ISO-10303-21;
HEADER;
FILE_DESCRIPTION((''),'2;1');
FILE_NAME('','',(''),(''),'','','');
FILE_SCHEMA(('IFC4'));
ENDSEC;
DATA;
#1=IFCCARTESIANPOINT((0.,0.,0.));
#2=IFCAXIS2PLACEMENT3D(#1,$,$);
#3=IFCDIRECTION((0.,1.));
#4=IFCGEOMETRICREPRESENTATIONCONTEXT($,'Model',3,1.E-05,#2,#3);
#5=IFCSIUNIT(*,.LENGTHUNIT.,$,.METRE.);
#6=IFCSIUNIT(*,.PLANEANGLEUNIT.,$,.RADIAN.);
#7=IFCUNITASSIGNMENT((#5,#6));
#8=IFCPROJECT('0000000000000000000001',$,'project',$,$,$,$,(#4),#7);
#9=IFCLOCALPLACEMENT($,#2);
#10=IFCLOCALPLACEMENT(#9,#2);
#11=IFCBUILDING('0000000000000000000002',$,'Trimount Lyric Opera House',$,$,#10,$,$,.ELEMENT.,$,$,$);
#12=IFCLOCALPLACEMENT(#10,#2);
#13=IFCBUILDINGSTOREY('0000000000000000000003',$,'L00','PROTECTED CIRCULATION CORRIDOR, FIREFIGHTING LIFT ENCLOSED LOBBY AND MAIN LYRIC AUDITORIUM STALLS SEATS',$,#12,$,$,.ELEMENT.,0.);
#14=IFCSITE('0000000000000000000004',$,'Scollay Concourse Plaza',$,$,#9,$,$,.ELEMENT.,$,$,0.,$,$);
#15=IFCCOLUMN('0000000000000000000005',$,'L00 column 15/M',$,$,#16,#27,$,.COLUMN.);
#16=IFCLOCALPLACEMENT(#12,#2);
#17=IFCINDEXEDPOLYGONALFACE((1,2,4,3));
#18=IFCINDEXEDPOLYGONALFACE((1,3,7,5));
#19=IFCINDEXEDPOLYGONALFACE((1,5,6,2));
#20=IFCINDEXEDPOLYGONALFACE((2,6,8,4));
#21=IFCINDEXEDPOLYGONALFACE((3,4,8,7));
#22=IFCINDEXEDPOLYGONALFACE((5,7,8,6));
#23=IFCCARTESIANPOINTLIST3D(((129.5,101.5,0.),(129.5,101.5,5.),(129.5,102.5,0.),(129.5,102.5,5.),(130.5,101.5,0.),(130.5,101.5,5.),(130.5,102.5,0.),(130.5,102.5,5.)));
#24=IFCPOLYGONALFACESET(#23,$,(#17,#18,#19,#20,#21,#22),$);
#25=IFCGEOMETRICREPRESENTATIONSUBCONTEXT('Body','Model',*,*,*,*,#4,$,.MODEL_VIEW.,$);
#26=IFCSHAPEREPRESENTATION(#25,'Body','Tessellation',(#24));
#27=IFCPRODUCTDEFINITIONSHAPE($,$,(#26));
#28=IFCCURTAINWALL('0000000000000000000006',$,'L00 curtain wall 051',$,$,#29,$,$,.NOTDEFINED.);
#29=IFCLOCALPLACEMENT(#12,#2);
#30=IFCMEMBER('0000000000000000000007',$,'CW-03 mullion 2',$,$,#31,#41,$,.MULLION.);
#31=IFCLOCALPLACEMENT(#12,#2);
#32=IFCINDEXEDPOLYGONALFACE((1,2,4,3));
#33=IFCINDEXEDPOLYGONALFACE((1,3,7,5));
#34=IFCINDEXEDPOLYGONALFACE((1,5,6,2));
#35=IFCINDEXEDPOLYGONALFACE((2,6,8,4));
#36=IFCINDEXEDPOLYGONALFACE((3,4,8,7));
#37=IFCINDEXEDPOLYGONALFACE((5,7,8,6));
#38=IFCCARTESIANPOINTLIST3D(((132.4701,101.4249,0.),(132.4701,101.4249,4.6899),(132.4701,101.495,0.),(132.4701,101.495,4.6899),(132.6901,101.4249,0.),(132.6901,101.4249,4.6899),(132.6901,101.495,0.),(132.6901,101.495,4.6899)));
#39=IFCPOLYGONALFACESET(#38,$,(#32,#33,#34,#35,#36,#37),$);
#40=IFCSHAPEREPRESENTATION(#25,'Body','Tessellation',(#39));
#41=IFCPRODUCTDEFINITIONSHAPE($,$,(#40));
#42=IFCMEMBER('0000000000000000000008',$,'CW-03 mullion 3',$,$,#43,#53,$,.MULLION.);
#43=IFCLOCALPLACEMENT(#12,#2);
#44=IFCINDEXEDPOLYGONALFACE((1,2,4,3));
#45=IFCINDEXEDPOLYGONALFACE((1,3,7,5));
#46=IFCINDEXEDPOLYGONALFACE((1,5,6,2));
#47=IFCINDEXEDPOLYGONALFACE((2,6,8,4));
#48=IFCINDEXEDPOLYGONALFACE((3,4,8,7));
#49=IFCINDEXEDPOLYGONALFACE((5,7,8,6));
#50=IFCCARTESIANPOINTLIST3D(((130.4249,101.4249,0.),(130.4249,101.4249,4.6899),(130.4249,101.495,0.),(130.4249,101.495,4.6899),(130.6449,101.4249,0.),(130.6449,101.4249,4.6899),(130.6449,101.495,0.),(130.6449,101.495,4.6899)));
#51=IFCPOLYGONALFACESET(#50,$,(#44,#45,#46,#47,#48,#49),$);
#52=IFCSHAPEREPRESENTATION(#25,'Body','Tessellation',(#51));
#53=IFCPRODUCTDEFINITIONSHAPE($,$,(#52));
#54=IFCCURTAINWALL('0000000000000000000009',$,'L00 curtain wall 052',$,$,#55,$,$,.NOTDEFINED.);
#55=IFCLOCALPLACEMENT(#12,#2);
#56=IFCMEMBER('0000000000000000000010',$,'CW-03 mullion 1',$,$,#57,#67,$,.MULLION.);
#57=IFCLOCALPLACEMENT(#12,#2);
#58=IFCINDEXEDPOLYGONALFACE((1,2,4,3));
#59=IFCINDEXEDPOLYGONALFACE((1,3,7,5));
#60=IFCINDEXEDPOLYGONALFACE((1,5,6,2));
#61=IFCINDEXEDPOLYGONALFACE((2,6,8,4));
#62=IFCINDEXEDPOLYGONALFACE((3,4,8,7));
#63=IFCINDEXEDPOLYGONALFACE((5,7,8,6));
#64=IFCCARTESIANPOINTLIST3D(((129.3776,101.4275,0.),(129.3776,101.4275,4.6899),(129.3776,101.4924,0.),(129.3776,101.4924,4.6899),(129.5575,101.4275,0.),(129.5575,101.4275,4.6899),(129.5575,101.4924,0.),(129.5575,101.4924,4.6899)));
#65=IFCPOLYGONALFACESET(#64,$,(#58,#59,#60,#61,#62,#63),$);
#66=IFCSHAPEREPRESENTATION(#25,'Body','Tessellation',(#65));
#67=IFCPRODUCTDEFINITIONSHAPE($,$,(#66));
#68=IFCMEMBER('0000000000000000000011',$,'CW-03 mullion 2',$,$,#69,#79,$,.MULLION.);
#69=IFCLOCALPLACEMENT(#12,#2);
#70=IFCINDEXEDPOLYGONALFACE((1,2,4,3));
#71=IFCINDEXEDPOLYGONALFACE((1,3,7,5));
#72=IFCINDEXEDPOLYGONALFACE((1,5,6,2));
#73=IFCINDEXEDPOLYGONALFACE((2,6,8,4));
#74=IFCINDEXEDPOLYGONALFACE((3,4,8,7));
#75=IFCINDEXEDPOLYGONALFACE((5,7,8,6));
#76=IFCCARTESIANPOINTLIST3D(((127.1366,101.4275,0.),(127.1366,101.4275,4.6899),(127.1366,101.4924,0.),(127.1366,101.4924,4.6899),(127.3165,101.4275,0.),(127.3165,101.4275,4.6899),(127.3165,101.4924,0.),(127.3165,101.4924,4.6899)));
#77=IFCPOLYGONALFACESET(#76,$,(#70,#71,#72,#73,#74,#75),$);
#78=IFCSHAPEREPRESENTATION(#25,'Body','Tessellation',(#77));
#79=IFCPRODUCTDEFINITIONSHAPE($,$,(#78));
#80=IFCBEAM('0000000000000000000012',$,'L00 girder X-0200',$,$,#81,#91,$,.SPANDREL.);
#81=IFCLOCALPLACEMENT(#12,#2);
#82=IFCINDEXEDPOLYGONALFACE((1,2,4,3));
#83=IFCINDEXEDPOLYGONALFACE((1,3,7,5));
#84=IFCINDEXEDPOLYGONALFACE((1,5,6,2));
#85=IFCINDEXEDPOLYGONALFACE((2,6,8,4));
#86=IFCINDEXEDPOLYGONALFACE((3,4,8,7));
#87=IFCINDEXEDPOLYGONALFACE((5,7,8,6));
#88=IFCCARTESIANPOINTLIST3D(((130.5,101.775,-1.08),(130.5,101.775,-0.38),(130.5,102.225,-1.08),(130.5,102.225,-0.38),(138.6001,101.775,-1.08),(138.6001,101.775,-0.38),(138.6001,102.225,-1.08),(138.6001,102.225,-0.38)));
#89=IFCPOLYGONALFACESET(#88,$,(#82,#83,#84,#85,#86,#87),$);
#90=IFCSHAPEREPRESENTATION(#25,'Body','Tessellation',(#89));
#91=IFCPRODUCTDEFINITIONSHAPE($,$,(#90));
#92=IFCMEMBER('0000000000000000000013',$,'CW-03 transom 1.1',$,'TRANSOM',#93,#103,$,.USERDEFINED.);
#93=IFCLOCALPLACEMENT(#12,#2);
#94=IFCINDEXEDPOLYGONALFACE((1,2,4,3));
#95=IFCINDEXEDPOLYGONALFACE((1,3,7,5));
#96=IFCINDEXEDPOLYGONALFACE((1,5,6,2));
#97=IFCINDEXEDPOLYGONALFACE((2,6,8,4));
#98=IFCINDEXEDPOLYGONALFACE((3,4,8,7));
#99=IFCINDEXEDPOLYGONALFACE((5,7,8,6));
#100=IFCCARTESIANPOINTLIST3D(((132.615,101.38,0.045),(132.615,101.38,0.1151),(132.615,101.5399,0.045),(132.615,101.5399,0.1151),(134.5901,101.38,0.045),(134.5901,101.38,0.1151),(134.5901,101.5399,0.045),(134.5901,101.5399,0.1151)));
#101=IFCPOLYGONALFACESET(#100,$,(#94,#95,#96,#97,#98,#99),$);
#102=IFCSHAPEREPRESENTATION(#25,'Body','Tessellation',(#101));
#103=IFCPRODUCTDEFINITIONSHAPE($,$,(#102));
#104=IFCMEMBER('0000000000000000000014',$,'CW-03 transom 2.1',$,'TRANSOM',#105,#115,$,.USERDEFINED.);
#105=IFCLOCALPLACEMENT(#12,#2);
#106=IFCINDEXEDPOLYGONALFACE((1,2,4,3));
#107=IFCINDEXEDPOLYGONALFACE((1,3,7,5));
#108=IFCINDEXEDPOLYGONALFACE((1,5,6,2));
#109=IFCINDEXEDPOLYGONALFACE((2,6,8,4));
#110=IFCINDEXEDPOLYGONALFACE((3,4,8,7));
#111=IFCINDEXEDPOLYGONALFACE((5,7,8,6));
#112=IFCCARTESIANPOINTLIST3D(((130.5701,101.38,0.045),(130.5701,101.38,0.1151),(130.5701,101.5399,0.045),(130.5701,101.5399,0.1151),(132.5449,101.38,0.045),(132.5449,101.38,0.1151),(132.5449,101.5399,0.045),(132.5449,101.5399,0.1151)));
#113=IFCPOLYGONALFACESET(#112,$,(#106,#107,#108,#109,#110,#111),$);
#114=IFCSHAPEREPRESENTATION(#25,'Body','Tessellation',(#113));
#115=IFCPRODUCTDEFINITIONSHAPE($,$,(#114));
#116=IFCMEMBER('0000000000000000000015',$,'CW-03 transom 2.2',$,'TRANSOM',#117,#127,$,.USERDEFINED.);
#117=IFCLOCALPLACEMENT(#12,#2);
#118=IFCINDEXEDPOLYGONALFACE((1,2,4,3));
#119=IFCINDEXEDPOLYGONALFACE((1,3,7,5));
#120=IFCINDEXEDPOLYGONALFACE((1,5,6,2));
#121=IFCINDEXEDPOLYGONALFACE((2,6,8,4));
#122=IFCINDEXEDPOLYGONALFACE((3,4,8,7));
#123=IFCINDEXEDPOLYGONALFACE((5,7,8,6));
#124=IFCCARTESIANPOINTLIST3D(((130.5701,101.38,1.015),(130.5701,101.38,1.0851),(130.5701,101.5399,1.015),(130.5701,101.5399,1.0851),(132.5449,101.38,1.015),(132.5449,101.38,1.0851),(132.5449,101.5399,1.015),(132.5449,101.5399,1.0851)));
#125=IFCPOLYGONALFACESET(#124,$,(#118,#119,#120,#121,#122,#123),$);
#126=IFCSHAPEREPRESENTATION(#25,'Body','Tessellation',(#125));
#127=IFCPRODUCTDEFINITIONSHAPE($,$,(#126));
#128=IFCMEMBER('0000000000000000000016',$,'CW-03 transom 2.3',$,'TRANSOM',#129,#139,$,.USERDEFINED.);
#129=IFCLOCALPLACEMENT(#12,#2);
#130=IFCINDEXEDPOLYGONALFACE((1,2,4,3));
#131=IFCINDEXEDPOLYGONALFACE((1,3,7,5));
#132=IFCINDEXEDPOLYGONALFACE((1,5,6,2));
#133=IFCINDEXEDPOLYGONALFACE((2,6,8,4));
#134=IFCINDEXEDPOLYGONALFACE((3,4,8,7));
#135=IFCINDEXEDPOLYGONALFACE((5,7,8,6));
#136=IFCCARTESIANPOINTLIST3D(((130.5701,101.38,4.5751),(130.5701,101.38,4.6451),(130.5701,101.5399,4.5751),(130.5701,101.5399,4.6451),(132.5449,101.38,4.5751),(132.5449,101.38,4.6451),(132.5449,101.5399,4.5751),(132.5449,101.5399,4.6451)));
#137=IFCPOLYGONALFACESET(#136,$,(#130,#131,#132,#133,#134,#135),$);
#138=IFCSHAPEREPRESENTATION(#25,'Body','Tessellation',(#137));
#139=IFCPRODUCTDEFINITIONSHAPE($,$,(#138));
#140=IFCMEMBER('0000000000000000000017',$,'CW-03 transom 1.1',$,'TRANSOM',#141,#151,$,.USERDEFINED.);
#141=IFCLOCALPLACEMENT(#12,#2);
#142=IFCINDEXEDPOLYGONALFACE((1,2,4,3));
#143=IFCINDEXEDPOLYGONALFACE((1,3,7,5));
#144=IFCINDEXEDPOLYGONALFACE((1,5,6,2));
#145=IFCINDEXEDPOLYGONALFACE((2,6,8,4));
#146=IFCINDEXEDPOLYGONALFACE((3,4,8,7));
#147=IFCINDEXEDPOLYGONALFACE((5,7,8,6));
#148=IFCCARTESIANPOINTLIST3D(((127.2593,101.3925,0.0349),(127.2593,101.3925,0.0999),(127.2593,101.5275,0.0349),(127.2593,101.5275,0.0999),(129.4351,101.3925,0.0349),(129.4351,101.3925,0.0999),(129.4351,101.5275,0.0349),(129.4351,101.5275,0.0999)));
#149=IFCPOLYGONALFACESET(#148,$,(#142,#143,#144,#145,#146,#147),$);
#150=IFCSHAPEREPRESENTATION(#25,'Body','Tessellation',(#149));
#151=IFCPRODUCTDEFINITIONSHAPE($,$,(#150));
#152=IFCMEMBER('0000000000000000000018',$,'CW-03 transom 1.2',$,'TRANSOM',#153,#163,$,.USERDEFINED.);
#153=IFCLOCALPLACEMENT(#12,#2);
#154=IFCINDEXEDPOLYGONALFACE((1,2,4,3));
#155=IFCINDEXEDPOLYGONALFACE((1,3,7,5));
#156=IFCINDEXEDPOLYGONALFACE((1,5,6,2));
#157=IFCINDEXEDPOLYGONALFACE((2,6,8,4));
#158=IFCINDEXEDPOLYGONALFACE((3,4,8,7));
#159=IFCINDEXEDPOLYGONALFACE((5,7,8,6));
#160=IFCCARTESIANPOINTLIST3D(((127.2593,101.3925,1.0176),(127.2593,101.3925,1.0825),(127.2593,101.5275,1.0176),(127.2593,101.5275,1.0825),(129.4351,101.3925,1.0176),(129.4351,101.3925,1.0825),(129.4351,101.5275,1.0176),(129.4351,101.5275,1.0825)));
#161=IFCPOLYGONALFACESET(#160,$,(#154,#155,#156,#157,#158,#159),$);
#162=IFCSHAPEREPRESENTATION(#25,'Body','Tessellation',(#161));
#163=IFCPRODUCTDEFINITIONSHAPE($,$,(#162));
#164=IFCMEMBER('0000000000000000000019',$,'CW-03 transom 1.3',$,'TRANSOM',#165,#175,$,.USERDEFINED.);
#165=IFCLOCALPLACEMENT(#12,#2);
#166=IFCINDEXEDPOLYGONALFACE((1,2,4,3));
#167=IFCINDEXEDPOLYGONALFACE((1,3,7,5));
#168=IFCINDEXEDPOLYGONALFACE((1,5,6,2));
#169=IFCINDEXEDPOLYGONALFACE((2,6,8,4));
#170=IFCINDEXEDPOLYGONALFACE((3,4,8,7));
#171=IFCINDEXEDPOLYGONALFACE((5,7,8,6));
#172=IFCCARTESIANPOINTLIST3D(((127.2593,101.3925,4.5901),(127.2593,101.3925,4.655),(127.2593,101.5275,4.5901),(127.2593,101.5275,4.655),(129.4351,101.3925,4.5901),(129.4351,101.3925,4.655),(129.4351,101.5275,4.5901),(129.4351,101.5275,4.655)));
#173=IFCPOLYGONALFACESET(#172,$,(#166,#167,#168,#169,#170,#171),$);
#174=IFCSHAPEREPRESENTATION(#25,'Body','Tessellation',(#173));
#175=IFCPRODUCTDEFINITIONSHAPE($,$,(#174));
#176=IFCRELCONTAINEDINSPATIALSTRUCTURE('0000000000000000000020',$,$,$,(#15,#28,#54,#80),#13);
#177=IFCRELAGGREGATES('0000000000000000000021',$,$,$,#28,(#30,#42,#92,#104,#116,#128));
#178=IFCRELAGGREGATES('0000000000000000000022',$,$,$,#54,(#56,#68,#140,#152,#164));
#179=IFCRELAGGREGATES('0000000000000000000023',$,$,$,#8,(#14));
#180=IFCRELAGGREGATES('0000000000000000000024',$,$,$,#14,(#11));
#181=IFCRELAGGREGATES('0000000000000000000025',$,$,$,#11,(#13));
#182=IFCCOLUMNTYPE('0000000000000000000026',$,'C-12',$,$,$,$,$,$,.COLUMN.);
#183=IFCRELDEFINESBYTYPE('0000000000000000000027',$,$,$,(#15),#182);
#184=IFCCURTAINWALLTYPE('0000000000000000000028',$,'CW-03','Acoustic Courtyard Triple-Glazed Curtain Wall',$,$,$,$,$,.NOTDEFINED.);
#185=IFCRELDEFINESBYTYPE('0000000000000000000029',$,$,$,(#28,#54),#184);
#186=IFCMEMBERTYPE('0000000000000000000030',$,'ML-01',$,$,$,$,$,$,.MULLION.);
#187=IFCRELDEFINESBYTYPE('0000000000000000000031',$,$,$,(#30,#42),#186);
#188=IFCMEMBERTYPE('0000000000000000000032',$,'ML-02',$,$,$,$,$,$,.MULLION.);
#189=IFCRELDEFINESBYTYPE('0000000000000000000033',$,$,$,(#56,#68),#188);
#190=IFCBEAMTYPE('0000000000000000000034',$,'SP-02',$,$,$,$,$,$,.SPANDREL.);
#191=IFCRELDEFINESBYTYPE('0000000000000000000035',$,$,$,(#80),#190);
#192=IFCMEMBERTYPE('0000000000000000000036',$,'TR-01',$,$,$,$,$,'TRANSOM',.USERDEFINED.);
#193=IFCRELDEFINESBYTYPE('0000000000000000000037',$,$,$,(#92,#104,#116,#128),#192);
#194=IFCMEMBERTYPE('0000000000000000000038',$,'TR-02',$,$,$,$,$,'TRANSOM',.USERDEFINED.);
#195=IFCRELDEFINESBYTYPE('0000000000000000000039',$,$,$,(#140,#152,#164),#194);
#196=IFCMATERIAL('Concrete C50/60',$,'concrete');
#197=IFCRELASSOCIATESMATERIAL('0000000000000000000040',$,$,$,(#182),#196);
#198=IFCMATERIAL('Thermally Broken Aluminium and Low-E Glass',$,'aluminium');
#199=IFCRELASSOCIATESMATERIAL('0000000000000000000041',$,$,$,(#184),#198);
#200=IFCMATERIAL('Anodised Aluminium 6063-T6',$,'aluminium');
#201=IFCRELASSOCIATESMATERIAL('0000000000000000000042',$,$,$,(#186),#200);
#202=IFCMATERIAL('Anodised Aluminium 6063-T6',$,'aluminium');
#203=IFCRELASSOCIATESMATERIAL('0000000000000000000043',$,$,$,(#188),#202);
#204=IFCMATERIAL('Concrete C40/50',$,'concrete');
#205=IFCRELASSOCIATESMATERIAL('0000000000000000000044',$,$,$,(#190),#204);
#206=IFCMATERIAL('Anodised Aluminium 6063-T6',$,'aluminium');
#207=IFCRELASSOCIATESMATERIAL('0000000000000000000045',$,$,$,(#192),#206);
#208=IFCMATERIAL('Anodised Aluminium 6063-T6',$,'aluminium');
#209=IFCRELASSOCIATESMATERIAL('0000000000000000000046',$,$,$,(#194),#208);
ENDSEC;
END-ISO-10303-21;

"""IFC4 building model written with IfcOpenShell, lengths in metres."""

from ifc_helpers import new_model, si_unit, direction, frame, origin, origin_2d, place, context, subcontext, project, spatial, rectangle, extrude, material, material_profile, profile_set, type_object, element, aggregate, save


model = new_model("IFC4")

# Units and contexts
model_context = context("Model", 3, precision=1e-05, world=origin(), true_north=direction((0.0, 1.0)))
body_context = subcontext(model_context, "Body", "Model", "MODEL_VIEW")
ifc_project = project(units=[si_unit("LENGTHUNIT", "METRE"), si_unit("PLANEANGLEUNIT", "RADIAN")], contexts=[model_context])

# Site, building, storey
site_placement = place(None, origin())
site = spatial("IfcSite", under=ifc_project, at=site_placement, Name="Scollay Concourse Plaza", CompositionType="ELEMENT", RefElevation=0.0)
building_placement = place(site_placement, origin())
building = spatial("IfcBuilding", under=site, at=building_placement, Name="Trimount Lyric Opera House", CompositionType="ELEMENT")
storey_placement = place(building_placement, origin())
storey = spatial("IfcBuildingStorey", under=building, at=storey_placement, Name="L00", Description="PROTECTED CIRCULATION CORRIDOR, FIREFIGHTING LIFT ENCLOSED LOBBY AND MAIN LYRIC AUDITORIUM STALLS SEATS", CompositionType="ELEMENT", Elevation=0.0)

# Column
ifc_material_1 = material(Name="Concrete C50/60", Category="concrete")
ifc_material_profile_1 = material_profile(ifc_material_1, rectangle(XDim=1.0, YDim=1.0, at=origin_2d()), Name="RC1000X1000")
ifc_profile_set_1 = profile_set([ifc_material_profile_1], Name="Concrete C50/60")
column_type = type_object("IfcColumnType", Name="C-12", PredefinedType="COLUMN", material=ifc_profile_set_1)
column_placement = place(storey_placement, frame((130.0, 102.0, 0.0), z_axis=(0.0, 0.0, 1.0), x_axis=(1.0, 0.0, 0.0)))
element("IfcColumn", 1, at=column_placement, inside=storey, type_object=column_type, Name="L00 column 15/M", PredefinedType="COLUMN", context=body_context, shape_type="SweptSolid", body=[
    extrude(rectangle(XDim=1.0, YDim=1.0, at=origin_2d()), origin(), (0.0, 0.0, 1.0), 5.0),
])

# Curtain walls, members
ifc_material_2 = material(Name="Thermally Broken Aluminium and Low-E Glass", Category="aluminium")
curtain_wall_type = type_object("IfcCurtainWallType", Name="CW-03", Description="Acoustic Courtyard Triple-Glazed Curtain Wall", PredefinedType="NOTDEFINED", material=ifc_material_2)
curtain_wall_1_placement = place(storey_placement, origin())
curtain_wall_1 = element("IfcCurtainWall", 2, at=curtain_wall_1_placement, inside=storey, type_object=curtain_wall_type, Name="L00 curtain wall 051", PredefinedType="NOTDEFINED")
ifc_material_3 = material(Name="Anodised Aluminium 6063-T6", Category="aluminium")
ifc_material_profile_2 = material_profile(ifc_material_3, rectangle(XDim=0.0701, YDim=0.22, at=origin_2d()), Name="ALU-MULL-70X220")
ifc_profile_set_2 = profile_set([ifc_material_profile_2], Name="Anodised Aluminium 6063-T6")
member_type_1 = type_object("IfcMemberType", Name="ML-01", PredefinedType="MULLION", material=ifc_profile_set_2)
member_1_placement = place(storey_placement, frame((132.5801, 101.46, 0.0), z_axis=(0.0, 0.0, 1.0), x_axis=(0.0, -1.0, 0.0)))
member_1 = element("IfcMember", 3, at=member_1_placement, type_object=member_type_1, Name="CW-03 mullion 2", PredefinedType="MULLION", context=body_context, shape_type="SweptSolid", body=[
    extrude(rectangle(XDim=0.0701, YDim=0.22, at=origin_2d()), origin(), (0.0, 0.0, 1.0), 4.6899),
])
member_2_placement = place(storey_placement, frame((130.5349, 101.46, 0.0), z_axis=(0.0, 0.0, 1.0), x_axis=(0.0, -1.0, 0.0)))
member_2 = element("IfcMember", 4, at=member_2_placement, type_object=member_type_1, Name="CW-03 mullion 3", PredefinedType="MULLION", context=body_context, shape_type="SweptSolid", body=[
    extrude(rectangle(XDim=0.0701, YDim=0.22, at=origin_2d()), origin(), (0.0, 0.0, 1.0), 4.6899),
])
curtain_wall_2_placement = place(storey_placement, origin())
curtain_wall_2 = element("IfcCurtainWall", 5, at=curtain_wall_2_placement, inside=storey, type_object=curtain_wall_type, Name="L00 curtain wall 052", PredefinedType="NOTDEFINED")
ifc_material_4 = material(Name="Anodised Aluminium 6063-T6", Category="aluminium")
ifc_material_profile_3 = material_profile(ifc_material_4, rectangle(XDim=0.0649, YDim=0.1799, at=origin_2d()), Name="ALU-MULL-65X180")
ifc_profile_set_3 = profile_set([ifc_material_profile_3], Name="Anodised Aluminium 6063-T6")
member_type_2 = type_object("IfcMemberType", Name="ML-02", PredefinedType="MULLION", material=ifc_profile_set_3)
member_3_placement = place(storey_placement, frame((129.4675, 101.46, 0.0), z_axis=(0.0, 0.0, 1.0), x_axis=(0.0, -1.0, 0.0)))
member_3 = element("IfcMember", 6, at=member_3_placement, type_object=member_type_2, Name="CW-03 mullion 1", PredefinedType="MULLION", context=body_context, shape_type="SweptSolid", body=[
    extrude(rectangle(XDim=0.0649, YDim=0.1799, at=origin_2d()), origin(), (0.0, 0.0, 1.0), 4.6899),
])
member_4_placement = place(storey_placement, frame((127.2266, 101.46, 0.0), z_axis=(0.0, 0.0, 1.0), x_axis=(0.0, -1.0, 0.0)))
member_4 = element("IfcMember", 7, at=member_4_placement, type_object=member_type_2, Name="CW-03 mullion 2", PredefinedType="MULLION", context=body_context, shape_type="SweptSolid", body=[
    extrude(rectangle(XDim=0.0649, YDim=0.1799, at=origin_2d()), origin(), (0.0, 0.0, 1.0), 4.6899),
])

# Beam
ifc_material_5 = material(Name="Concrete C40/50", Category="concrete")
ifc_material_profile_4 = material_profile(ifc_material_5, rectangle(XDim=0.45, YDim=0.7, at=origin_2d()), Name="RC450X700")
ifc_profile_set_4 = profile_set([ifc_material_profile_4], Name="Concrete C40/50")
beam_type = type_object("IfcBeamType", Name="SP-02", PredefinedType="SPANDREL", material=ifc_profile_set_4)
beam_placement = place(storey_placement, frame((130.5, 102.0, -0.73), z_axis=(1.0, 0.0, 0.0), x_axis=(0.0, 1.0, 0.0)))
element("IfcBeam", 8, at=beam_placement, inside=storey, type_object=beam_type, Name="L00 girder X-0200", PredefinedType="SPANDREL", context=body_context, shape_type="SweptSolid", body=[
    extrude(rectangle(XDim=0.45, YDim=0.7, at=origin_2d()), origin(), (0.0, 0.0, 1.0), 8.1001),
])

# Members
ifc_material_6 = material(Name="Anodised Aluminium 6063-T6", Category="aluminium")
ifc_material_profile_5 = material_profile(ifc_material_6, rectangle(XDim=0.1599, YDim=0.0701, at=origin_2d()), Name="ALU-TRAN-70X160")
ifc_profile_set_5 = profile_set([ifc_material_profile_5], Name="Anodised Aluminium 6063-T6")
member_type_3 = type_object("IfcMemberType", Name="TR-01", ElementType="TRANSOM", PredefinedType="USERDEFINED", material=ifc_profile_set_5)
member_5_placement = place(storey_placement, frame((134.5901, 101.46, 0.0801), z_axis=(-1.0, 0.0, 0.0), x_axis=(0.0, -1.0, 0.0)))
member_5 = element("IfcMember", 9, at=member_5_placement, type_object=member_type_3, Name="CW-03 transom 1.1", ObjectType="TRANSOM", PredefinedType="USERDEFINED", context=body_context, shape_type="SweptSolid", body=[
    extrude(rectangle(XDim=0.1599, YDim=0.0701, at=origin_2d()), origin(), (0.0, 0.0, 1.0), 1.9751),
])
member_6_placement = place(storey_placement, frame((132.5449, 101.46, 0.0801), z_axis=(-1.0, 0.0, 0.0), x_axis=(0.0, -1.0, 0.0)))
member_6 = element("IfcMember", 10, at=member_6_placement, type_object=member_type_3, Name="CW-03 transom 2.1", ObjectType="TRANSOM", PredefinedType="USERDEFINED", context=body_context, shape_type="SweptSolid", body=[
    extrude(rectangle(XDim=0.1599, YDim=0.0701, at=origin_2d()), origin(), (0.0, 0.0, 1.0), 1.9749),
])
member_7_placement = place(storey_placement, frame((132.5449, 101.46, 1.05), z_axis=(-1.0, 0.0, 0.0), x_axis=(0.0, -1.0, 0.0)))
member_7 = element("IfcMember", 11, at=member_7_placement, type_object=member_type_3, Name="CW-03 transom 2.2", ObjectType="TRANSOM", PredefinedType="USERDEFINED", context=body_context, shape_type="SweptSolid", body=[
    extrude(rectangle(XDim=0.1599, YDim=0.0701, at=origin_2d()), origin(), (0.0, 0.0, 1.0), 1.9749),
])
member_8_placement = place(storey_placement, frame((132.5449, 101.46, 4.6101), z_axis=(-1.0, 0.0, 0.0), x_axis=(0.0, -1.0, 0.0)))
member_8 = element("IfcMember", 12, at=member_8_placement, type_object=member_type_3, Name="CW-03 transom 2.3", ObjectType="TRANSOM", PredefinedType="USERDEFINED", context=body_context, shape_type="SweptSolid", body=[
    extrude(rectangle(XDim=0.1599, YDim=0.0701, at=origin_2d()), origin(), (0.0, 0.0, 1.0), 1.9749),
])
ifc_material_7 = material(Name="Anodised Aluminium 6063-T6", Category="aluminium")
ifc_material_profile_6 = material_profile(ifc_material_7, rectangle(XDim=0.135, YDim=0.0649, at=origin_2d()), Name="ALU-TRAN-65X135")
ifc_profile_set_6 = profile_set([ifc_material_profile_6], Name="Anodised Aluminium 6063-T6")
member_type_4 = type_object("IfcMemberType", Name="TR-02", ElementType="TRANSOM", PredefinedType="USERDEFINED", material=ifc_profile_set_6)
member_9_placement = place(storey_placement, frame((129.4351, 101.46, 0.0674), z_axis=(-1.0, 0.0, 0.0), x_axis=(0.0, -1.0, 0.0)))
member_9 = element("IfcMember", 13, at=member_9_placement, type_object=member_type_4, Name="CW-03 transom 1.1", ObjectType="TRANSOM", PredefinedType="USERDEFINED", context=body_context, shape_type="SweptSolid", body=[
    extrude(rectangle(XDim=0.135, YDim=0.0649, at=origin_2d()), origin(), (0.0, 0.0, 1.0), 2.1758),
])
member_10_placement = place(storey_placement, frame((129.4351, 101.46, 1.05), z_axis=(-1.0, 0.0, 0.0), x_axis=(0.0, -1.0, 0.0)))
member_10 = element("IfcMember", 14, at=member_10_placement, type_object=member_type_4, Name="CW-03 transom 1.2", ObjectType="TRANSOM", PredefinedType="USERDEFINED", context=body_context, shape_type="SweptSolid", body=[
    extrude(rectangle(XDim=0.135, YDim=0.0649, at=origin_2d()), origin(), (0.0, 0.0, 1.0), 2.1758),
])
member_11_placement = place(storey_placement, frame((129.4351, 101.46, 4.6226), z_axis=(-1.0, 0.0, 0.0), x_axis=(0.0, -1.0, 0.0)))
member_11 = element("IfcMember", 15, at=member_11_placement, type_object=member_type_4, Name="CW-03 transom 1.3", ObjectType="TRANSOM", PredefinedType="USERDEFINED", context=body_context, shape_type="SweptSolid", body=[
    extrude(rectangle(XDim=0.135, YDim=0.0649, at=origin_2d()), origin(), (0.0, 0.0, 1.0), 2.1758),
])

aggregate(curtain_wall_1, [member_1, member_2, member_5, member_6, member_7, member_8])
aggregate(curtain_wall_2, [member_3, member_4, member_9, member_10, member_11])

save(model, "model.ifc")
